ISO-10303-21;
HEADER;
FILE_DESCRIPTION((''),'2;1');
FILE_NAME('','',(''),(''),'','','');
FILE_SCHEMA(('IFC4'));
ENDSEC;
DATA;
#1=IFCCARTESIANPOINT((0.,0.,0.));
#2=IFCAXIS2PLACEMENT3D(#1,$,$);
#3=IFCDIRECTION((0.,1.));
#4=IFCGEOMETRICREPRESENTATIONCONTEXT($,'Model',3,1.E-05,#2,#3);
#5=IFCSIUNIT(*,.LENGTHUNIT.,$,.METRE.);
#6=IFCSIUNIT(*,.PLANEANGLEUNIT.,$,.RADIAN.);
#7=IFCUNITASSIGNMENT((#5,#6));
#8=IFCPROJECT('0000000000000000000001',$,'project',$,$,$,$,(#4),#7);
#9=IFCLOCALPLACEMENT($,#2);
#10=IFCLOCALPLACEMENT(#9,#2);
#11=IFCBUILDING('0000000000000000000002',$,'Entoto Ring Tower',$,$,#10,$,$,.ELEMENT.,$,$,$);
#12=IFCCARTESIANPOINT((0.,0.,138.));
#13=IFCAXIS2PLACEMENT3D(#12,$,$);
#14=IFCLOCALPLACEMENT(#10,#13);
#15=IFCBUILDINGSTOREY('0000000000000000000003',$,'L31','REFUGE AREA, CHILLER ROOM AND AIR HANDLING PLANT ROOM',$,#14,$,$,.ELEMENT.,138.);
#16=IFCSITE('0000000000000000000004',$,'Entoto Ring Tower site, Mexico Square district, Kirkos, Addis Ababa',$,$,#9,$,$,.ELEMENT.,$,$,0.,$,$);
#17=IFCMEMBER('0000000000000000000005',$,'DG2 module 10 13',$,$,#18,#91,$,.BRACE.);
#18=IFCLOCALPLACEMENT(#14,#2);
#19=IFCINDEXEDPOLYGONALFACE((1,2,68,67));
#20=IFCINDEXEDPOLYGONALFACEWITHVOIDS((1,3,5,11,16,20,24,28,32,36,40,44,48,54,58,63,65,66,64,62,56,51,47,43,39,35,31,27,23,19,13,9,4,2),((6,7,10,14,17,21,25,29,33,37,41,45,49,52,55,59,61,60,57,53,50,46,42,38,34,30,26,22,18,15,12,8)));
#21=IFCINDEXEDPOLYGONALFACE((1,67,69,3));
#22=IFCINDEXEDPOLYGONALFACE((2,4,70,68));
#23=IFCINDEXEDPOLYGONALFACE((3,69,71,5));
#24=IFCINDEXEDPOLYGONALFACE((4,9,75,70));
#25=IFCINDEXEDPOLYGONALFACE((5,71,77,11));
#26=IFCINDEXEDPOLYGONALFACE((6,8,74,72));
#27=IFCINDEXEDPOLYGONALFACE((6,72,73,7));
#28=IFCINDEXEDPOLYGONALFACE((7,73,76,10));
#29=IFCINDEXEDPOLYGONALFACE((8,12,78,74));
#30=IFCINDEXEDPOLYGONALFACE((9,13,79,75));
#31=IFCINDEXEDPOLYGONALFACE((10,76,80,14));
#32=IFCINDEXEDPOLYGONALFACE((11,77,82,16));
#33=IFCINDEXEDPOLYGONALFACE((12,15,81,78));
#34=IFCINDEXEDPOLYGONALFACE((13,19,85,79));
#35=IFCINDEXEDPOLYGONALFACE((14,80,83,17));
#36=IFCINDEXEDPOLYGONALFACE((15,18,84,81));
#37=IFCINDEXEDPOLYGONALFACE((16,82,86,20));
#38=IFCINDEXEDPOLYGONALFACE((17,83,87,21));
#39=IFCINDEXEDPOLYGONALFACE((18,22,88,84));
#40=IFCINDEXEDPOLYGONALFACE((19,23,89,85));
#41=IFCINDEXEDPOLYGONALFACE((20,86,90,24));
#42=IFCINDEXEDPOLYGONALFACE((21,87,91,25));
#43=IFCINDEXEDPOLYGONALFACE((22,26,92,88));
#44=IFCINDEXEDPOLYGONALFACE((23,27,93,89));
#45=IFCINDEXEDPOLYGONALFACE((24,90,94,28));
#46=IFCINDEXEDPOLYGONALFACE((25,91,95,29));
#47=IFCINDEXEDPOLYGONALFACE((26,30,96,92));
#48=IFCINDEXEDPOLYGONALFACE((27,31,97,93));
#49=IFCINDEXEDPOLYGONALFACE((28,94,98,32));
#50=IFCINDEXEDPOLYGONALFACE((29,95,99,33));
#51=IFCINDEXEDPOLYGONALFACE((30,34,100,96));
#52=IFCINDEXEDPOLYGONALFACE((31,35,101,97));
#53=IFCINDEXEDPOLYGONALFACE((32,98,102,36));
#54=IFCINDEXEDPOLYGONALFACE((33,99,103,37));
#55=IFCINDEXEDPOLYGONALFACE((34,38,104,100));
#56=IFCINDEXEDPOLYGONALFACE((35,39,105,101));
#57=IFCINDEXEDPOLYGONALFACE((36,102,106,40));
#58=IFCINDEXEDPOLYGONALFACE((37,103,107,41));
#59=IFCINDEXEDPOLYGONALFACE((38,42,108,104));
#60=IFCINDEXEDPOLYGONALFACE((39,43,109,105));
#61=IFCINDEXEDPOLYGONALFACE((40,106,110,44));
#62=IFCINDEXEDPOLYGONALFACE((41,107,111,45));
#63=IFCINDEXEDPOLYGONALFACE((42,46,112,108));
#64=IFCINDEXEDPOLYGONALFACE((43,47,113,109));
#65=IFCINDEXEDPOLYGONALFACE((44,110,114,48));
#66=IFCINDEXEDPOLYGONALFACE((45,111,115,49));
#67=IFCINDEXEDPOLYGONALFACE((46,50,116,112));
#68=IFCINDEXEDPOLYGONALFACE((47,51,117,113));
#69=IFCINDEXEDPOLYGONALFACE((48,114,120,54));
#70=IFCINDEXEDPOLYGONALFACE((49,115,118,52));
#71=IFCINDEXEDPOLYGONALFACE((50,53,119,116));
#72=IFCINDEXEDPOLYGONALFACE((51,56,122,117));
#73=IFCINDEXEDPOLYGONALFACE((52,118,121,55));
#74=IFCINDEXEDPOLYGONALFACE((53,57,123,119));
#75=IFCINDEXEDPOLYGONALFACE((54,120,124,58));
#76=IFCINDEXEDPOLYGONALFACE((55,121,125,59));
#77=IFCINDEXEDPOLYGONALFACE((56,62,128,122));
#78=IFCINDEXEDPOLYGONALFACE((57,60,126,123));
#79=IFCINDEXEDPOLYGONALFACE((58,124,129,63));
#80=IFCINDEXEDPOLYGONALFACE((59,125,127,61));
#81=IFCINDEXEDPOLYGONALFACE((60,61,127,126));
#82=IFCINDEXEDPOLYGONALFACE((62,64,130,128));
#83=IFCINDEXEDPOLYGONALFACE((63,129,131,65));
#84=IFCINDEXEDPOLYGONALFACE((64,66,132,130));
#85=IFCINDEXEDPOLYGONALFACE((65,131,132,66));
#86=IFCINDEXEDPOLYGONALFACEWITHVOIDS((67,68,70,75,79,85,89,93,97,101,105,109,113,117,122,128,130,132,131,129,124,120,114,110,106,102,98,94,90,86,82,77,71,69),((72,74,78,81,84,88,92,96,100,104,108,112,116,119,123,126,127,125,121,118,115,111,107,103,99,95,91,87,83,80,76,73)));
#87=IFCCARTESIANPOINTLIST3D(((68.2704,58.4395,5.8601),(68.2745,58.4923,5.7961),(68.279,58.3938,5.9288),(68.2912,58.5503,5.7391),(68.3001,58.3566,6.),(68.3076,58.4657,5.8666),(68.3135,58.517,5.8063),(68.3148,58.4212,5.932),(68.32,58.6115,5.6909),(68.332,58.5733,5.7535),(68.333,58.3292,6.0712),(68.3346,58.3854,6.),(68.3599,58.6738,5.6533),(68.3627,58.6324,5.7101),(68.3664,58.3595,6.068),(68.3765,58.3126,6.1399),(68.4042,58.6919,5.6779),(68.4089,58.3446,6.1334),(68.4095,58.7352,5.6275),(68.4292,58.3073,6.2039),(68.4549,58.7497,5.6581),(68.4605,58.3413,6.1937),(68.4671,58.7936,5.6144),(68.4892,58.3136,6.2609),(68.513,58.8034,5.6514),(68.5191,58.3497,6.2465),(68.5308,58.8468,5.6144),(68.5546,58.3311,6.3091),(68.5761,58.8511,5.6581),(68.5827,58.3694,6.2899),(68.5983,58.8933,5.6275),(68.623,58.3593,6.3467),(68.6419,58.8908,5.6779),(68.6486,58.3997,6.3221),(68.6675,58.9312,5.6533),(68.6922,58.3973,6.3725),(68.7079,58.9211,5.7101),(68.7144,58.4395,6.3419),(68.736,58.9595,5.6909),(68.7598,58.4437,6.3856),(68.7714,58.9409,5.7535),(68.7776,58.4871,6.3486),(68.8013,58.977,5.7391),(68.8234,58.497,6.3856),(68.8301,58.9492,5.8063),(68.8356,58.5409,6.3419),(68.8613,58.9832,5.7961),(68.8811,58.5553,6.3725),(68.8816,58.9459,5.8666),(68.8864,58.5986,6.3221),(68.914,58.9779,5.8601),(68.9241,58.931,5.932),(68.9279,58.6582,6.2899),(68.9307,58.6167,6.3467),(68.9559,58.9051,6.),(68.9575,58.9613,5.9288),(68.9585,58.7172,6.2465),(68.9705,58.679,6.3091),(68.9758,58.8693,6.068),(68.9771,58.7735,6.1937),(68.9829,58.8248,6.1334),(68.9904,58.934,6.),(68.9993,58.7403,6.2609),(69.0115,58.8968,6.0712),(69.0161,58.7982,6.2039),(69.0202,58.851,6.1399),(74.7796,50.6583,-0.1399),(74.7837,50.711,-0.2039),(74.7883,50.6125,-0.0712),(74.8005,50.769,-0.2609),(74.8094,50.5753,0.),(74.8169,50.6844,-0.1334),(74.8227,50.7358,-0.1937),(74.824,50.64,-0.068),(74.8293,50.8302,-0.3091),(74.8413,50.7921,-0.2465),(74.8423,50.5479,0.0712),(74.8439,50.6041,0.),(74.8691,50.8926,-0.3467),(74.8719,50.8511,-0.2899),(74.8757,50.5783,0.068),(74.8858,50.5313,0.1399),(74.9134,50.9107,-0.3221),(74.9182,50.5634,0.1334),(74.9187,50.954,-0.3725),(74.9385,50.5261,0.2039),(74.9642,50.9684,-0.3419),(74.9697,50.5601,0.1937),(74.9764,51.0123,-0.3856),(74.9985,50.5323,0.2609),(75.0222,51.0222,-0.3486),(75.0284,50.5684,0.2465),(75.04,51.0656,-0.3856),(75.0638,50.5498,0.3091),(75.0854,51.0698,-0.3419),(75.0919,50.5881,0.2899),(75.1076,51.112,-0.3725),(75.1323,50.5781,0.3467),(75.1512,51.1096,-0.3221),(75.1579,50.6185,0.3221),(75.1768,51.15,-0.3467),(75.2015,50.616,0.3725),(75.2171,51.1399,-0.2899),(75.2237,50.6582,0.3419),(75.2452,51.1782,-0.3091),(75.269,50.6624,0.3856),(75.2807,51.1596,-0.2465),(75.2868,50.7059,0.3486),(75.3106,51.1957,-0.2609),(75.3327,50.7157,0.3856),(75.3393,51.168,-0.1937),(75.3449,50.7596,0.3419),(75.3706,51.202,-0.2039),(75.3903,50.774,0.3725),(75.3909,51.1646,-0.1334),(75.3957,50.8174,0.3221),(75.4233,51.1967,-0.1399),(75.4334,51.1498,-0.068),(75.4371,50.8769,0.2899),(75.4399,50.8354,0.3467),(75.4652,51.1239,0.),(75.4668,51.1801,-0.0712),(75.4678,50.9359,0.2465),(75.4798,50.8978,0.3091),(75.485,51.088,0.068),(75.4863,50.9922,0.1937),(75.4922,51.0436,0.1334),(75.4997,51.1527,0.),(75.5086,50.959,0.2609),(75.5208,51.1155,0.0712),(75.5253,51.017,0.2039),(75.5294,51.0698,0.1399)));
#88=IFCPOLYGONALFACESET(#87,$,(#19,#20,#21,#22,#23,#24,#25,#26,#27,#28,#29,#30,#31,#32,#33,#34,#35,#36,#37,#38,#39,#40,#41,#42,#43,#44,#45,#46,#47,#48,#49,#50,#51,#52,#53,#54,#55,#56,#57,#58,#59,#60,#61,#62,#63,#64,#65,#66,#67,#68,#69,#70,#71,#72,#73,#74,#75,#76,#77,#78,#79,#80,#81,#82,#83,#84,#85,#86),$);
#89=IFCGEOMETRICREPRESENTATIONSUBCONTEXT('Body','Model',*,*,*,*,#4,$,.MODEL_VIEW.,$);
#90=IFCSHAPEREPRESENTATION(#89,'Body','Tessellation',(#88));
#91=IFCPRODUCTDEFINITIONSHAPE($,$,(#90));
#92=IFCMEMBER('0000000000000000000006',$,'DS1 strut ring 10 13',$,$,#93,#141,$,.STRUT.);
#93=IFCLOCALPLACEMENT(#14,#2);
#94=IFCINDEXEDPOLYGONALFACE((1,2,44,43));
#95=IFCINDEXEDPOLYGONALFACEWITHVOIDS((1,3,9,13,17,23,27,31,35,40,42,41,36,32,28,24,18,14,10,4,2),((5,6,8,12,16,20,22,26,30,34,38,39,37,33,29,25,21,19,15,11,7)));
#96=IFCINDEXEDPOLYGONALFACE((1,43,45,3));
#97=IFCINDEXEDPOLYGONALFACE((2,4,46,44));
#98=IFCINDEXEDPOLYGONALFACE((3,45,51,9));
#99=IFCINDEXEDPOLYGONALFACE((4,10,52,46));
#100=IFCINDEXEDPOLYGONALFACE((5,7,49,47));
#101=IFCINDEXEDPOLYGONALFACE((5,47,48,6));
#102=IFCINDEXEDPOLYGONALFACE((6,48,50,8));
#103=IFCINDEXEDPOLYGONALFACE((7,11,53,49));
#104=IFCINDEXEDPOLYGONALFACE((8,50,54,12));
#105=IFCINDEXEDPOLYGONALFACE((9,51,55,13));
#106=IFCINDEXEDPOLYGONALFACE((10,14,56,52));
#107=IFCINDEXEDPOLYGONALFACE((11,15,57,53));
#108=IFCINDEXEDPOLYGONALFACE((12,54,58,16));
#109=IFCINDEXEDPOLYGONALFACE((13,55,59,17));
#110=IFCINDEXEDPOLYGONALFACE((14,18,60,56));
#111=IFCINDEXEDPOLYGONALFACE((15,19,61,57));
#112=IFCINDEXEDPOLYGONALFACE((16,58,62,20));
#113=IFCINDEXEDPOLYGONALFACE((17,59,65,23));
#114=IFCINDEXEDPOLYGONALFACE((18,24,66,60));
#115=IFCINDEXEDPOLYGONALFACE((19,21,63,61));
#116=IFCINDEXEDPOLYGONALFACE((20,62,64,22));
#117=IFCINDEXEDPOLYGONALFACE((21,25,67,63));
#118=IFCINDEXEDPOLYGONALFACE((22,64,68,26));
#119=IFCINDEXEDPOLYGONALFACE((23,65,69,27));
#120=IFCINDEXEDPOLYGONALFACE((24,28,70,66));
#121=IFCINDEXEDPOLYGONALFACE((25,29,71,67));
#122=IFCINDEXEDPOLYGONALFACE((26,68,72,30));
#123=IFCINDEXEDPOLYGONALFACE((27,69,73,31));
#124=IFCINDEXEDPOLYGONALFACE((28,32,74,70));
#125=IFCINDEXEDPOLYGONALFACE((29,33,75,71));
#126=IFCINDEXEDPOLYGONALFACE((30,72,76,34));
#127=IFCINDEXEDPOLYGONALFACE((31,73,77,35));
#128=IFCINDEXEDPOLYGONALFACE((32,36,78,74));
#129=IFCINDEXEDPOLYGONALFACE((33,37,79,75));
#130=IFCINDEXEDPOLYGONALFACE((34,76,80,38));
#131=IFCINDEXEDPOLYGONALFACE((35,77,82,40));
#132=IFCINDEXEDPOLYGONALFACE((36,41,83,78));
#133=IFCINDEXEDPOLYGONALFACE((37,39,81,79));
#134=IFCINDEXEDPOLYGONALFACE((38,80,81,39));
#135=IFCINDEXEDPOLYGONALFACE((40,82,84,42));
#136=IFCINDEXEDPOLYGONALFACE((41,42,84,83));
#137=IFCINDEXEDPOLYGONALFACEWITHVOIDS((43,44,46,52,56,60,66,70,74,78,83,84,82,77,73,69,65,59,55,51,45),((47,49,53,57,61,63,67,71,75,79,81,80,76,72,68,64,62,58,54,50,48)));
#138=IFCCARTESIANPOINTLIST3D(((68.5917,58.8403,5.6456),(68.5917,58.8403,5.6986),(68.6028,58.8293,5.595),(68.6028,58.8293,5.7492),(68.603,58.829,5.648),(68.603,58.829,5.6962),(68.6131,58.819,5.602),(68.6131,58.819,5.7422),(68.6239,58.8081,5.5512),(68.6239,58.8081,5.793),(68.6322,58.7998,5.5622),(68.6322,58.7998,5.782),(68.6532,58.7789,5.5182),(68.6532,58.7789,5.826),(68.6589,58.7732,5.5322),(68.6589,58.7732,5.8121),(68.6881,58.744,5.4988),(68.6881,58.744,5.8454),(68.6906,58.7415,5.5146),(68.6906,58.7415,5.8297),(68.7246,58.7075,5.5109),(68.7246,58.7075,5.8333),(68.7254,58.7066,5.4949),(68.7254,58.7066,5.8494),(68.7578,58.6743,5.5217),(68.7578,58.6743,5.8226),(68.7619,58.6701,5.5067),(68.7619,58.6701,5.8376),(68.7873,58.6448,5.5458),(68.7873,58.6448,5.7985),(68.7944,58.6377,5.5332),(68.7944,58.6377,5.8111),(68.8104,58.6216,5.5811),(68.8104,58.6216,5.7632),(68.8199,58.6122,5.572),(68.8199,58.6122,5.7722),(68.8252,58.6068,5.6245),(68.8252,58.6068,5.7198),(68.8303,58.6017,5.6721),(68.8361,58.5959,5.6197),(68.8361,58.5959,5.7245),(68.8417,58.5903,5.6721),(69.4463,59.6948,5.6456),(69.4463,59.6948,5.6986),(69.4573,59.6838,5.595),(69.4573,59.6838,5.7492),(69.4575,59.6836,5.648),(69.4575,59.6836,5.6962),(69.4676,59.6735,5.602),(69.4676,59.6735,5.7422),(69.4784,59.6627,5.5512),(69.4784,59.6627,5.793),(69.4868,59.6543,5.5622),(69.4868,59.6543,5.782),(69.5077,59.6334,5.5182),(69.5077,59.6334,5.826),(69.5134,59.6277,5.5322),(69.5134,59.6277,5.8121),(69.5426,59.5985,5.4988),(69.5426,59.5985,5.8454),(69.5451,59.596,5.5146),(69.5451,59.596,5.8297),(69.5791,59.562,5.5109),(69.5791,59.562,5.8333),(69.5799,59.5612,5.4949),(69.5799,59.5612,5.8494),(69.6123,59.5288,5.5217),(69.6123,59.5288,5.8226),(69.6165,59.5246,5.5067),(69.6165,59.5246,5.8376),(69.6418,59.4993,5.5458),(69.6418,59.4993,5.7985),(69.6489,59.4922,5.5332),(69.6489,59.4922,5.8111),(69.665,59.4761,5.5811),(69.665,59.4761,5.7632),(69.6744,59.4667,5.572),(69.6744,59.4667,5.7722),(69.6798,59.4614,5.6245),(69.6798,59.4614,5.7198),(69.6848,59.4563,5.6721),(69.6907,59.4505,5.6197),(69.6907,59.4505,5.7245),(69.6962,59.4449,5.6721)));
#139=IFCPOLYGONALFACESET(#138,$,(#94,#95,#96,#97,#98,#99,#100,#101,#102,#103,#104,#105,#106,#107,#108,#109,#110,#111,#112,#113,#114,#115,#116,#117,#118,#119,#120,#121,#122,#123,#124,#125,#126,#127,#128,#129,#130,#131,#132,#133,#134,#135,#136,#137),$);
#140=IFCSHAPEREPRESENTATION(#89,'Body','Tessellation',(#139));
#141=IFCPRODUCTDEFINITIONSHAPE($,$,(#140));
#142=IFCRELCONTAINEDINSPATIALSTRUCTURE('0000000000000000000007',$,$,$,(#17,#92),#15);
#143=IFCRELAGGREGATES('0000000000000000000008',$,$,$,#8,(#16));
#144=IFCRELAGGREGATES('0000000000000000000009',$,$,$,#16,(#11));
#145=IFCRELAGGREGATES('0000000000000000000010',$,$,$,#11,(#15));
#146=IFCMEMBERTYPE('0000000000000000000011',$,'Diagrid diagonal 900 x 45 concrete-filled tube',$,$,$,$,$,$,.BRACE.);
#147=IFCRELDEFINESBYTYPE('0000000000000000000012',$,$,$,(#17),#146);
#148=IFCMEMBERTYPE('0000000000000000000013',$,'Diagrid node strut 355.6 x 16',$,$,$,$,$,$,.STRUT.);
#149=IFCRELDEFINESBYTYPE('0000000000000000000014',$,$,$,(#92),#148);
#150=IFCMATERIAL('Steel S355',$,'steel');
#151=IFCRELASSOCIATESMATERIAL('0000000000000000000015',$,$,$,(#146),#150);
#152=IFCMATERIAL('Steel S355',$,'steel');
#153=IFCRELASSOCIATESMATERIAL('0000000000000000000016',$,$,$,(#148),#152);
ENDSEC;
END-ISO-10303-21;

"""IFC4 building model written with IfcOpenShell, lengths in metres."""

from ifc_helpers import new_model, si_unit, direction, frame, origin, origin_2d, place, context, subcontext, project, spatial, circle, hollow_circle, extrude, material, material_profile, profile_set, type_object, element, save


model = new_model("IFC4")

# Units and contexts
model_context = context("Model", 3, precision=1e-05, world=origin(), true_north=direction((0.0, 1.0)))
body_context = subcontext(model_context, "Body", "Model", "MODEL_VIEW")
ifc_project = project(units=[si_unit("LENGTHUNIT", "METRE"), si_unit("PLANEANGLEUNIT", "RADIAN")], contexts=[model_context])

# Site, building, storey
site_placement = place(None, origin())
site = spatial("IfcSite", under=ifc_project, at=site_placement, Name="Entoto Ring Tower site, Mexico Square district, Kirkos, Addis Ababa", CompositionType="ELEMENT", RefElevation=0.0)
building_placement = place(site_placement, origin())
building = spatial("IfcBuilding", under=site, at=building_placement, Name="Entoto Ring Tower", CompositionType="ELEMENT")
storey_placement = place(building_placement, frame((0.0, 0.0, 138.0)))
storey = spatial("IfcBuildingStorey", under=building, at=storey_placement, Name="L31", Description="REFUGE AREA, CHILLER ROOM AND AIR HANDLING PLANT ROOM", CompositionType="ELEMENT", Elevation=138.0)

# Members
ifc_material_1 = material(Name="Steel S355", Category="steel")
ifc_material_profile_1 = material_profile(ifc_material_1, hollow_circle(Radius=0.45, WallThickness=0.0449, at=origin_2d()), Name="CHS 900 x 45")
ifc_material_2 = material(Name="Concrete C60/75", Category="concrete")
ifc_material_profile_2 = material_profile(ifc_material_2, circle(Radius=0.405, at=origin_2d()), Name="Concrete C60/75 infill")
ifc_profile_set_1 = profile_set([ifc_material_profile_1, ifc_material_profile_2], Name="Steel S355")
member_type_1 = type_object("IfcMemberType", Name="Diagrid diagonal 900 x 45 concrete-filled tube", PredefinedType="BRACE", material=ifc_profile_set_1)
member_1_placement = place(storey_placement, frame((75.1545, 50.864, 0.0), z_axis=(-0.552272, 0.66019, 0.509063), x_axis=(-0.767013, -0.641632, 0.0)))
element("IfcMember", 1, at=member_1_placement, inside=storey, type_object=member_type_1, Name="DG2 module 10 13", PredefinedType="BRACE", context=body_context, shape_type="SweptSolid", body=[
    extrude(hollow_circle(Radius=0.45, WallThickness=0.0449, at=origin_2d()), origin(), (0.0, 0.0, 1.0), 11.7864),
])
ifc_material_3 = material(Name="Steel S355", Category="steel")
ifc_material_profile_3 = material_profile(ifc_material_3, hollow_circle(Radius=0.1777, WallThickness=0.0161, at=origin_2d()), Name="CHS 355.6 x 16")
ifc_material_4 = material(Name="Concrete C60/75", Category="concrete")
ifc_material_profile_4 = material_profile(ifc_material_4, circle(Radius=0.1619, at=origin_2d()), Name="Concrete C60/75 infill")
ifc_profile_set_2 = profile_set([ifc_material_profile_3, ifc_material_profile_4], Name="Steel S355")
member_type_2 = type_object("IfcMemberType", Name="Diagrid node strut 355.6 x 16", PredefinedType="STRUT", material=ifc_profile_set_2)
member_2_placement = place(storey_placement, frame((69.5706, 59.5706, 5.6721), z_axis=(-0.707107, -0.707107, 0.0), x_axis=(0.707107, -0.707107, 0.0)))
element("IfcMember", 2, at=member_2_placement, inside=storey, type_object=member_type_2, Name="DS1 strut ring 10 13", PredefinedType="STRUT", context=body_context, shape_type="SweptSolid", body=[
    extrude(hollow_circle(Radius=0.1777, WallThickness=0.0161, at=origin_2d()), origin(), (0.0, 0.0, 1.0), 1.2085),
])

save(model, "model.ifc")
